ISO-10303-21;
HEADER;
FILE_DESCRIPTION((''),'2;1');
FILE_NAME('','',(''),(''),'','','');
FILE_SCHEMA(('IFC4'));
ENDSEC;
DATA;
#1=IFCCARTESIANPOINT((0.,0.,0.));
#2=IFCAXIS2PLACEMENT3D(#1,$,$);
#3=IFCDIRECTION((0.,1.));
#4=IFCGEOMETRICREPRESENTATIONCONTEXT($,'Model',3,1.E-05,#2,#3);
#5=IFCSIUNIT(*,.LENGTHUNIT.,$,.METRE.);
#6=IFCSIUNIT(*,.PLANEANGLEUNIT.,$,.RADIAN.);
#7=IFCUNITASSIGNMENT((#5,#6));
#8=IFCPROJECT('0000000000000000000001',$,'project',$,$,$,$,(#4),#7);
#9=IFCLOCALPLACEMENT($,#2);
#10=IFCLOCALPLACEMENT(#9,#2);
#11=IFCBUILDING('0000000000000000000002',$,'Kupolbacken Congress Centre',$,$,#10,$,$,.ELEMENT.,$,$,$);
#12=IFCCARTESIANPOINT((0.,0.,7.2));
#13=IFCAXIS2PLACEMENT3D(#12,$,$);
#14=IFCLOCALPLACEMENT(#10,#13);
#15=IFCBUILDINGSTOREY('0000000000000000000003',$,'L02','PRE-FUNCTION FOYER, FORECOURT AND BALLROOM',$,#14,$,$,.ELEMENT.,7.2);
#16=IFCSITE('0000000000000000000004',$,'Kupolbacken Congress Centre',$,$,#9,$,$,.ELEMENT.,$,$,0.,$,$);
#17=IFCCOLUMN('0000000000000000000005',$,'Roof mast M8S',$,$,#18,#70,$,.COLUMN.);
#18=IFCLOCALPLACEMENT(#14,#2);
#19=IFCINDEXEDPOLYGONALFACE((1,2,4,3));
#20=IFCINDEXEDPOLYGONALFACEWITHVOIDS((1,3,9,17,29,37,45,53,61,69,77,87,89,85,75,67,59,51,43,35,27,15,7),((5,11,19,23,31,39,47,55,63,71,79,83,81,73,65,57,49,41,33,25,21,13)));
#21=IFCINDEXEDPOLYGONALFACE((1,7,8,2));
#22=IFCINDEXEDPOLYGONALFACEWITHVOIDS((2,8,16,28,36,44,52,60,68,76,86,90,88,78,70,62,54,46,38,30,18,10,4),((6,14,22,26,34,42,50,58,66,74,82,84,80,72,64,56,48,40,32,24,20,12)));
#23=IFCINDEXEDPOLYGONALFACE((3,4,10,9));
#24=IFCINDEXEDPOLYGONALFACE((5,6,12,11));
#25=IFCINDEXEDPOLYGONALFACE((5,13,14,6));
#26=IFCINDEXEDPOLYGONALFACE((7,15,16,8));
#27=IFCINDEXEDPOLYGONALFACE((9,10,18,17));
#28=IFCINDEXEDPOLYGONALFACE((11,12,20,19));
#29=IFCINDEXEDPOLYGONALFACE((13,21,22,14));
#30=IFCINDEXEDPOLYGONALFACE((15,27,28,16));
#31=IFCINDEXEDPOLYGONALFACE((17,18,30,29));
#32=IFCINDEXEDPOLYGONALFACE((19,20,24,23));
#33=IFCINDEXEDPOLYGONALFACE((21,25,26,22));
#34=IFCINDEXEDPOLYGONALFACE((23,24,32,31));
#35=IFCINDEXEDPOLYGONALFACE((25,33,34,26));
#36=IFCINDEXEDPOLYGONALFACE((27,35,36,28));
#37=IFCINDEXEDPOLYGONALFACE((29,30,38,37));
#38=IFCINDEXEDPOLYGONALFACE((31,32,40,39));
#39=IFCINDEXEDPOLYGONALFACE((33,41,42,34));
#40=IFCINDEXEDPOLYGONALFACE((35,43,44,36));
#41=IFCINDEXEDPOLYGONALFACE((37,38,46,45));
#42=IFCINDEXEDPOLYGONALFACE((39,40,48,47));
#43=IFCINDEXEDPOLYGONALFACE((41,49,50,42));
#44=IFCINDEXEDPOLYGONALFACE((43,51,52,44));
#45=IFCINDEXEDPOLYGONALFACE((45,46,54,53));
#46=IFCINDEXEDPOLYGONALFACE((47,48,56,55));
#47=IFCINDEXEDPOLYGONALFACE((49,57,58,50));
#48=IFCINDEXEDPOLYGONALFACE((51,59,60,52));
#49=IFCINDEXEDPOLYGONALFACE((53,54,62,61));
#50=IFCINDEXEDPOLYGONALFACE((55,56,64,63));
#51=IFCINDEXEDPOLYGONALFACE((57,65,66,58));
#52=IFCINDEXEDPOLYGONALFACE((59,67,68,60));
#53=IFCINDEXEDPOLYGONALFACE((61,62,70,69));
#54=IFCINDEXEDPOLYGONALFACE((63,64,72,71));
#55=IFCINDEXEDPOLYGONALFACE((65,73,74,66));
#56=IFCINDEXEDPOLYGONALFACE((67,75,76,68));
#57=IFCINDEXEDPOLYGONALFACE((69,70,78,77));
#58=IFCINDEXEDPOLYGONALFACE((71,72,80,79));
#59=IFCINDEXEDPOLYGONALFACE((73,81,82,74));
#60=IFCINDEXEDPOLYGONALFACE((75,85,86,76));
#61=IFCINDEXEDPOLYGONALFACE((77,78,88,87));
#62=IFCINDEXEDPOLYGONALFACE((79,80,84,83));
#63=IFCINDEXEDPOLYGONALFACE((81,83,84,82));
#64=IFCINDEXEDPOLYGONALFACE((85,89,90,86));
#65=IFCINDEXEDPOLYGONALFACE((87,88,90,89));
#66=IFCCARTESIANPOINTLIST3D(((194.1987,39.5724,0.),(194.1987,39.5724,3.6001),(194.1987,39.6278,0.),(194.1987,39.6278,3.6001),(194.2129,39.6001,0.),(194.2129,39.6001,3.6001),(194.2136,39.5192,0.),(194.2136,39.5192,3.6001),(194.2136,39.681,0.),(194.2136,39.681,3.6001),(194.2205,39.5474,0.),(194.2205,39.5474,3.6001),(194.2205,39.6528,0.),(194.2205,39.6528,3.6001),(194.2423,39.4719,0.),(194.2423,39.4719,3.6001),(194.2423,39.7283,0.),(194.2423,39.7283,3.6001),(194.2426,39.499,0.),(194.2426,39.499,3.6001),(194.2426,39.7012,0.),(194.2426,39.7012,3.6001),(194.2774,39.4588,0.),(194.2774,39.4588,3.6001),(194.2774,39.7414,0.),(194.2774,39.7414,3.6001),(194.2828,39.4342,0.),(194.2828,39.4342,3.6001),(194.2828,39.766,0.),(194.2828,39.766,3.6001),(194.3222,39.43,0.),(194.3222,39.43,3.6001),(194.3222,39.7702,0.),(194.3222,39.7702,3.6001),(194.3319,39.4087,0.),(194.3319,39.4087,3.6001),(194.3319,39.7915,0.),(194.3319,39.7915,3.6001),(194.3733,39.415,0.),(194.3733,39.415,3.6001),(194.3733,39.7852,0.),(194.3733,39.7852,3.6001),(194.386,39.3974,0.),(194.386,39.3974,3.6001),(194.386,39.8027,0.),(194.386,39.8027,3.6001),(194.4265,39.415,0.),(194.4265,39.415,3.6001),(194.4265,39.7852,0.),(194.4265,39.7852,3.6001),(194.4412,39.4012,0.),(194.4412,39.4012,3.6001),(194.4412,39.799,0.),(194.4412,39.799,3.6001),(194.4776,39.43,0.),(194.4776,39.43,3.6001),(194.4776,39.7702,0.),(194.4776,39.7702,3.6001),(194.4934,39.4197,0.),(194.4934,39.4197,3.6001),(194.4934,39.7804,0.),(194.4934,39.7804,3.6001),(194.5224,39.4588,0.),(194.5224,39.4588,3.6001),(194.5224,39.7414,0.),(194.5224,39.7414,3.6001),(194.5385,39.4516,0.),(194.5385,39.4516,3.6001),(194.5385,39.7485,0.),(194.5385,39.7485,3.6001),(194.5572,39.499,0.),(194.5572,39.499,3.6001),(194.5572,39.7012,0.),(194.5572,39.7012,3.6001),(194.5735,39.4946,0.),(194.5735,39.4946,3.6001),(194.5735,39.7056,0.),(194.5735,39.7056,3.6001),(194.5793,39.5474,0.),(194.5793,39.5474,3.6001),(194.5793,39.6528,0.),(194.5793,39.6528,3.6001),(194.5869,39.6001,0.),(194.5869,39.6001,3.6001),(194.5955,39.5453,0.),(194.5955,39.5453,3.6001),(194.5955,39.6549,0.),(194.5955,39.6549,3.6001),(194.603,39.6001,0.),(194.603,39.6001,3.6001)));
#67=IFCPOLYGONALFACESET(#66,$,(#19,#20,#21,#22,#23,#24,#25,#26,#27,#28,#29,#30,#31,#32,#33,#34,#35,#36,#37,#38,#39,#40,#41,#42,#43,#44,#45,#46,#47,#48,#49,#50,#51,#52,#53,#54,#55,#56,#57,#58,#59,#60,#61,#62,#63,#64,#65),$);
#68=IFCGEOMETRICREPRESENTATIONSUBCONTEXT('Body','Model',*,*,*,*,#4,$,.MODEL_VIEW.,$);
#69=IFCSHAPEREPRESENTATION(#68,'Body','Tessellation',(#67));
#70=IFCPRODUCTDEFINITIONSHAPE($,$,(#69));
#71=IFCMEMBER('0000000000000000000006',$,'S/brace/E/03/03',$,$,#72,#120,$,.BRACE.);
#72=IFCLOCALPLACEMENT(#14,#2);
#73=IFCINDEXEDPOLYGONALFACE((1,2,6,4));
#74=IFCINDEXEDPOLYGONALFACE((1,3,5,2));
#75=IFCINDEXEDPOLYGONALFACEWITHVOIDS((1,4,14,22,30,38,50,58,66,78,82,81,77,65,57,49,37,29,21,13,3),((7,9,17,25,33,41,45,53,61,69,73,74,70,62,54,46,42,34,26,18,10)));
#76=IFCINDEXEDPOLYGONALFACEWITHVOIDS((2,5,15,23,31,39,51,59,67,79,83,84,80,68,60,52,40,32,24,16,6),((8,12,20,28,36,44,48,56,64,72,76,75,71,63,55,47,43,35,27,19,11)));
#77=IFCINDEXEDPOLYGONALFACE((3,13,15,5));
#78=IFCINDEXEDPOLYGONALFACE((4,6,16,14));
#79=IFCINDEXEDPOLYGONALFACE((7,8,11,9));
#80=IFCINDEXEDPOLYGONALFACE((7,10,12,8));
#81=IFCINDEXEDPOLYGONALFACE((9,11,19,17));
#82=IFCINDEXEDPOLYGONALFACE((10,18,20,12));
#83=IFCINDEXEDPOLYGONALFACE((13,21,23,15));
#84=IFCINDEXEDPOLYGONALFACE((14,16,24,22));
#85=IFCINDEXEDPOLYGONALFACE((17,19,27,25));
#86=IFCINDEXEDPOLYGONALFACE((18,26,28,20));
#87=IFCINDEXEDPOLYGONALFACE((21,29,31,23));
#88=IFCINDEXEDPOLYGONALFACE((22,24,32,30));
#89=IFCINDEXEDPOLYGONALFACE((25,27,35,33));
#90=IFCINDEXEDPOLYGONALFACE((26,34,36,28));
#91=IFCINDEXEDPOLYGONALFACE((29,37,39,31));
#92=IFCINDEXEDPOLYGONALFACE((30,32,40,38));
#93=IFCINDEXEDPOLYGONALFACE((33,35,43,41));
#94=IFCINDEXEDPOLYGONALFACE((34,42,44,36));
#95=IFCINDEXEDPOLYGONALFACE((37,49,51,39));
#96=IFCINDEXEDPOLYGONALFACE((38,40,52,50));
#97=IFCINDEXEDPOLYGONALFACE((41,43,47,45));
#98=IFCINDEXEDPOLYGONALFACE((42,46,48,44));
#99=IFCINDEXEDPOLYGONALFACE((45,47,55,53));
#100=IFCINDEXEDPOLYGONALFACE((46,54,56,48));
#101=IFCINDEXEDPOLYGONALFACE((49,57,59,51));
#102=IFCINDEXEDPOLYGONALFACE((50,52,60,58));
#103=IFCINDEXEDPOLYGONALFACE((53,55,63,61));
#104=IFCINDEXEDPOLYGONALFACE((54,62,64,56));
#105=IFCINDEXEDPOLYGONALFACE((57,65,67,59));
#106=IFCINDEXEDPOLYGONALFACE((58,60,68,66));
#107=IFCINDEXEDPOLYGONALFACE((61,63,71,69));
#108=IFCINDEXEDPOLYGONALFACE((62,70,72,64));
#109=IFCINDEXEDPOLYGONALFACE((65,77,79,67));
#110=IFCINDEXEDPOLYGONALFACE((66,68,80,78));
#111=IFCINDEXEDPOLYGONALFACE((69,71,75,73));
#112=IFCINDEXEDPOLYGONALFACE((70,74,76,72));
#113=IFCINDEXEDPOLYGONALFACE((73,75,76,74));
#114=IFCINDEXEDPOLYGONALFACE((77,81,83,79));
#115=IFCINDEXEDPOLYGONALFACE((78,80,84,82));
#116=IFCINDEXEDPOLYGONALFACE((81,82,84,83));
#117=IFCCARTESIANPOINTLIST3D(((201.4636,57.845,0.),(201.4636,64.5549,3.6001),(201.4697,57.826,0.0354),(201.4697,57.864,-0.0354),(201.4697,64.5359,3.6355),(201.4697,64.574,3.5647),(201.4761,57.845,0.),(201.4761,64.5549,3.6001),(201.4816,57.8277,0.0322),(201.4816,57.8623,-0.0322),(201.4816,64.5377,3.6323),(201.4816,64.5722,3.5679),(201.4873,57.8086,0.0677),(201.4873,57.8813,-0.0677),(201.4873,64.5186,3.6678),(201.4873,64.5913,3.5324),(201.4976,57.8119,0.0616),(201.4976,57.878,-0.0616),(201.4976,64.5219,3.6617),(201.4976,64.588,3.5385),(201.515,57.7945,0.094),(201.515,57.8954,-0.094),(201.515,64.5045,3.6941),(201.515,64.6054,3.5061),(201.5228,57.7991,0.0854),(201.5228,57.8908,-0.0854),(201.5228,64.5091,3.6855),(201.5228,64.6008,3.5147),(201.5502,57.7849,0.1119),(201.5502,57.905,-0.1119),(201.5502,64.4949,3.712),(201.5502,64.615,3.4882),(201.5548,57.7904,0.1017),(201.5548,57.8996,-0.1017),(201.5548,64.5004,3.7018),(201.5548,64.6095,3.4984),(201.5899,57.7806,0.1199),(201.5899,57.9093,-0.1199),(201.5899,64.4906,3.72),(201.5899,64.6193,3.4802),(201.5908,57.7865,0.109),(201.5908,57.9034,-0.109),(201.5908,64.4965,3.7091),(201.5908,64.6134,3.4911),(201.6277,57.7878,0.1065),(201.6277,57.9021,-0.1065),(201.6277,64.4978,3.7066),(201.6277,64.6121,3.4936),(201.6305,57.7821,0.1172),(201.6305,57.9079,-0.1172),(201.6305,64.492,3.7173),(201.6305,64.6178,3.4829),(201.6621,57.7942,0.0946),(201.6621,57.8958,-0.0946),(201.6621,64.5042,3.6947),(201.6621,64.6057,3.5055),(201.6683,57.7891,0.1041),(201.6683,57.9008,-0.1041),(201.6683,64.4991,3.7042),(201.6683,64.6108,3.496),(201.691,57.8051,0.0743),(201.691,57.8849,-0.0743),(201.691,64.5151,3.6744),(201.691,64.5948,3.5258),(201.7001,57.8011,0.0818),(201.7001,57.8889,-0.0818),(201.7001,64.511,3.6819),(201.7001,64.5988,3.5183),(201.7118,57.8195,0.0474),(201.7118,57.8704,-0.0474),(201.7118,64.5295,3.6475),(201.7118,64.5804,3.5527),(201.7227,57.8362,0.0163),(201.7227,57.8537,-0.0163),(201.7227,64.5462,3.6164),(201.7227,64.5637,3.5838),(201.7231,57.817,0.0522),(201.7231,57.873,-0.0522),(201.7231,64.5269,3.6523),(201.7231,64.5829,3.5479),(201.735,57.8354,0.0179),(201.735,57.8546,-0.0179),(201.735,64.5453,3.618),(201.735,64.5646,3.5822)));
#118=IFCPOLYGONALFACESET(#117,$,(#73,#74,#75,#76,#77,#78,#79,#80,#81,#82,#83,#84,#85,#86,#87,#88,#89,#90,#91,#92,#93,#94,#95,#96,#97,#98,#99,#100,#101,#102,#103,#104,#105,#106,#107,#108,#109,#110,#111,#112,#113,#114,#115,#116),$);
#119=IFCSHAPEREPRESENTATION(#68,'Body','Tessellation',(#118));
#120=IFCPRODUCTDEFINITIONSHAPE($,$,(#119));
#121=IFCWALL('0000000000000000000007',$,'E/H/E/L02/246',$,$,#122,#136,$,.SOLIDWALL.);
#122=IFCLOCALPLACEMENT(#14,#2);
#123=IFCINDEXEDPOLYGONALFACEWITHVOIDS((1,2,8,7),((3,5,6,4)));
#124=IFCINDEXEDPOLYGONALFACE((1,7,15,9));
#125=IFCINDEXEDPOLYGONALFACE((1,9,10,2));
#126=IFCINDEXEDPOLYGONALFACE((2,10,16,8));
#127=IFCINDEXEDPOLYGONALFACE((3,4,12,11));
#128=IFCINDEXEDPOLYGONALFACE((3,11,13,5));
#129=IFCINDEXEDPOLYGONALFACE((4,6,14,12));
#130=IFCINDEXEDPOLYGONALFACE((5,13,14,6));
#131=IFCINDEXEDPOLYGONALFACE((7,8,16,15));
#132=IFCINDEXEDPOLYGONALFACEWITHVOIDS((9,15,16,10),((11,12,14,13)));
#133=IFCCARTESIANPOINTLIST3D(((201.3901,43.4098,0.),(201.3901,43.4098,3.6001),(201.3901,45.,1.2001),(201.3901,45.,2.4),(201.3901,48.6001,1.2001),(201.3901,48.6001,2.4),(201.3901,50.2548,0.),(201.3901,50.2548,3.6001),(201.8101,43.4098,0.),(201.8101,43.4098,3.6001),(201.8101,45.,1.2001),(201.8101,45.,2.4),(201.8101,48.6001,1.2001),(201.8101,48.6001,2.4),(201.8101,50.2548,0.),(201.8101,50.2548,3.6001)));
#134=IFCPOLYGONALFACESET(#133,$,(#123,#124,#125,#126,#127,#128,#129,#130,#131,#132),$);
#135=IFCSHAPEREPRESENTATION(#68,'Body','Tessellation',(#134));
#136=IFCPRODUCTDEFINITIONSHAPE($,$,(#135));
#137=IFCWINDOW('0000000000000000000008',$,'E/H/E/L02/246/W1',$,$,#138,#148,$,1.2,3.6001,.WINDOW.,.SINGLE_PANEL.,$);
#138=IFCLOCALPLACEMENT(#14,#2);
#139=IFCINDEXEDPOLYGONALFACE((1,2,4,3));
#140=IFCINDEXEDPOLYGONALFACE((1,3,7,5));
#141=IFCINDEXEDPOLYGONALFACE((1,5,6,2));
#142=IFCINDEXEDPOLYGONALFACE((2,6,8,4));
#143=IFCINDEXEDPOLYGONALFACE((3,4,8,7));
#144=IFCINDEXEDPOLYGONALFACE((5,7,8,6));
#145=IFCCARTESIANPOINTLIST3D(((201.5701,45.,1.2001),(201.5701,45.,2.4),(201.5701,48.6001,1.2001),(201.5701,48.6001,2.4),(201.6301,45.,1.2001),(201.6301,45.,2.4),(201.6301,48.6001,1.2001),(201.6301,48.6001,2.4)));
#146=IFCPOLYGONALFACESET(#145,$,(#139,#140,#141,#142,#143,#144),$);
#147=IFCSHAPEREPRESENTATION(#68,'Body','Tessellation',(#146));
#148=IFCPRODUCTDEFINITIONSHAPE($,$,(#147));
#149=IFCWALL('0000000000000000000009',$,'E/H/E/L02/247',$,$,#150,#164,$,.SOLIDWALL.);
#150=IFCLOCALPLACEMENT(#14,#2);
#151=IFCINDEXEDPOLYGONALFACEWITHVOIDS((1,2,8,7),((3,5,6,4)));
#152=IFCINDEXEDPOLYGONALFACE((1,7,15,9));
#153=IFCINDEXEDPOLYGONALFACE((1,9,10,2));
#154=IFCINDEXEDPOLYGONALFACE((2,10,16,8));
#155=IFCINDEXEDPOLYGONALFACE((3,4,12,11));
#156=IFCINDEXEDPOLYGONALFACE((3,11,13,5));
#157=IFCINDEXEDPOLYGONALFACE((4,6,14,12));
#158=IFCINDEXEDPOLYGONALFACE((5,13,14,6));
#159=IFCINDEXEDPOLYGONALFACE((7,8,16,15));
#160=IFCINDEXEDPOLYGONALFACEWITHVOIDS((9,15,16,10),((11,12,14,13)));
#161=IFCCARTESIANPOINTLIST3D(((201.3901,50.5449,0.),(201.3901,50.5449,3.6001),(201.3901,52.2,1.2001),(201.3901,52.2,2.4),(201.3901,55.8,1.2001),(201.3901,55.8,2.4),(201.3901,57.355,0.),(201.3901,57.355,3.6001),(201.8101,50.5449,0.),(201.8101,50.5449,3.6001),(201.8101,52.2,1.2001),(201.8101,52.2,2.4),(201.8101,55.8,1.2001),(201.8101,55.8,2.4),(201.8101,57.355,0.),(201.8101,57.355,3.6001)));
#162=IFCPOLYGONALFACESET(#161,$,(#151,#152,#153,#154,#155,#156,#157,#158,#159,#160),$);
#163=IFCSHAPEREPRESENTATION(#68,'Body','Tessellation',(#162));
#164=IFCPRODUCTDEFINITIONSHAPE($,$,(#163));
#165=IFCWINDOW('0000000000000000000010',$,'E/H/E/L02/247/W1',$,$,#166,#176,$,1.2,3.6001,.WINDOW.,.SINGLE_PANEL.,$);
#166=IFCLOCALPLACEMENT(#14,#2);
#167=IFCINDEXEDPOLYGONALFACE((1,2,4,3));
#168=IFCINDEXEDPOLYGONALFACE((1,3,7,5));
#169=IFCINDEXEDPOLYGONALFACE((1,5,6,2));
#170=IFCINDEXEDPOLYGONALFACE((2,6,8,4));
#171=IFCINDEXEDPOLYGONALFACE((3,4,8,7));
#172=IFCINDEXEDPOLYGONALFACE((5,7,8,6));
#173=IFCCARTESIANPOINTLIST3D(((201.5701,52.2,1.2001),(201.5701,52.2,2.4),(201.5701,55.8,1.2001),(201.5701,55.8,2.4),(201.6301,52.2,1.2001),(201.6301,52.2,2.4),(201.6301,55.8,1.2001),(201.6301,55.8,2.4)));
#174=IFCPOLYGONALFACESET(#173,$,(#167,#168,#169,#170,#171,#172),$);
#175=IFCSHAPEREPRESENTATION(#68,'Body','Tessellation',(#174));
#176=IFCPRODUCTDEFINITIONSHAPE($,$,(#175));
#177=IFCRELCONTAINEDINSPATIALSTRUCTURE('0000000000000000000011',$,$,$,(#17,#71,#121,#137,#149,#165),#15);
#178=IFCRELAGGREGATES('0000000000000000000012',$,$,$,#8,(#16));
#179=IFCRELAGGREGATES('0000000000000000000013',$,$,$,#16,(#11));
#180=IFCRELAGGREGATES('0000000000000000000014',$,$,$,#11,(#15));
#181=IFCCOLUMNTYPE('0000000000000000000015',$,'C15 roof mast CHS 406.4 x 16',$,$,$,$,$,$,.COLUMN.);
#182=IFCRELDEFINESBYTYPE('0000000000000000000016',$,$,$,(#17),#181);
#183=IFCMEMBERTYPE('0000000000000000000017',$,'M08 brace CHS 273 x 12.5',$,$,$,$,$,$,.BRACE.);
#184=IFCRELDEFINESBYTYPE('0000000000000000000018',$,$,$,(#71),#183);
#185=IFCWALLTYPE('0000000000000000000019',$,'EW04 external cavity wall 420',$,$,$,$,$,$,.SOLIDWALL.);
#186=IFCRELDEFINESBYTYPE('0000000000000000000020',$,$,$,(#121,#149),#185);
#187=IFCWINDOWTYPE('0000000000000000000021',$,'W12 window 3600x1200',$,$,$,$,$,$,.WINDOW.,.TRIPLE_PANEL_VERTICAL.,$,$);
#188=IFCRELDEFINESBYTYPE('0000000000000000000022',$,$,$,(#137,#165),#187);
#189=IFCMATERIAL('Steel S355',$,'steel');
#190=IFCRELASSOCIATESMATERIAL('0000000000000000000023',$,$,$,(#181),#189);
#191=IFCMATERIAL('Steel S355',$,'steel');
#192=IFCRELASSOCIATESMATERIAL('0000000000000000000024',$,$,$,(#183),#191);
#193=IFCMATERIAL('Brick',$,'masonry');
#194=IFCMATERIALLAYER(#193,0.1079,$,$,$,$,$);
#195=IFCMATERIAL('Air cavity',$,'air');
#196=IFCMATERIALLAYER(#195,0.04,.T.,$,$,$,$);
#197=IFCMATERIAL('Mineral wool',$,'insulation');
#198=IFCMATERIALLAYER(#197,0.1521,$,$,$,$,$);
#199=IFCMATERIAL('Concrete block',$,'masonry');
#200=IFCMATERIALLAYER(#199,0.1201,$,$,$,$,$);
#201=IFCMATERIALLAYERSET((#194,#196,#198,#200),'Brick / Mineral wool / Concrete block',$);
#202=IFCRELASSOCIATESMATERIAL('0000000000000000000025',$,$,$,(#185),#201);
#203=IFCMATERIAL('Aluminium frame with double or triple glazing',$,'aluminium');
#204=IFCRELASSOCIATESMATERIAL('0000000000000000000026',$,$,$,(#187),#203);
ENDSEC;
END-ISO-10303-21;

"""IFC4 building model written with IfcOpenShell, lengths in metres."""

from ifc_helpers import new_model, si_unit, direction, frame, frame_2d, origin, origin_2d, place, context, subcontext, project, spatial, rectangle, hollow_circle, extrude, material, layer, layer_set, material_profile, profile_set, type_object, element, fill, save


model = new_model("IFC4")

# Units and contexts
model_context = context("Model", 3, precision=1e-05, world=origin(), true_north=direction((0.0, 1.0)))
body_context = subcontext(model_context, "Body", "Model", "MODEL_VIEW")
ifc_project = project(units=[si_unit("LENGTHUNIT", "METRE"), si_unit("PLANEANGLEUNIT", "RADIAN")], contexts=[model_context])

# Site, building, storey
site_placement = place(None, origin())
site = spatial("IfcSite", under=ifc_project, at=site_placement, Name="Kupolbacken Congress Centre", CompositionType="ELEMENT", RefElevation=0.0)
building_placement = place(site_placement, origin())
building = spatial("IfcBuilding", under=site, at=building_placement, Name="Kupolbacken Congress Centre", CompositionType="ELEMENT")
storey_placement = place(building_placement, frame((0.0, 0.0, 7.2)))
storey = spatial("IfcBuildingStorey", under=building, at=storey_placement, Name="L02", Description="PRE-FUNCTION FOYER, FORECOURT AND BALLROOM", CompositionType="ELEMENT", Elevation=7.2)

# Column
ifc_material_1 = material(Name="Steel S355", Category="steel")
ifc_material_profile_1 = material_profile(ifc_material_1, hollow_circle(Radius=0.2031, WallThickness=0.0161, at=origin_2d()), Name="CHS 406.4 x 16")
ifc_profile_set_1 = profile_set([ifc_material_profile_1], Name="Steel S355")
column_type_1 = type_object("IfcColumnType", Name="C15 roof mast CHS 406.4 x 16", PredefinedType="COLUMN", material=ifc_profile_set_1)
column_1_placement = place(storey_placement, frame((194.3999, 39.6001, 0.0), z_axis=(0.0, 0.0, 1.0), x_axis=(1.0, 0.0, 0.0)))
element("IfcColumn", 1, at=column_1_placement, inside=storey, type_object=column_type_1, Name="Roof mast M8S", PredefinedType="COLUMN", context=body_context, shape_type="SweptSolid", body=[
    extrude(hollow_circle(Radius=0.2031, WallThickness=0.0161, at=origin_2d()), origin(), (0.0, 0.0, 1.0), 3.6001),
])

# Member
ifc_material_2 = material(Name="Steel S355", Category="steel")
ifc_material_profile_2 = material_profile(ifc_material_2, hollow_circle(Radius=0.1365, WallThickness=0.0125, at=origin_2d()), Name="CHS 273 x 12.5")
ifc_profile_set_2 = profile_set([ifc_material_profile_2], Name="Steel S355")
member_type = type_object("IfcMemberType", Name="M08 brace CHS 273 x 12.5", PredefinedType="BRACE", material=ifc_profile_set_2)
member_placement = place(storey_placement, frame((201.6001, 57.845, 0.0), z_axis=(0.0, 0.88118, 0.47278), x_axis=(-1.0, 0.0, 0.0)))
element("IfcMember", 2, at=member_placement, inside=storey, type_object=member_type, Name="S/brace/E/03/03", PredefinedType="BRACE", context=body_context, shape_type="SweptSolid", body=[
    extrude(hollow_circle(Radius=0.1365, WallThickness=0.0125, at=origin_2d()), origin(), (0.0, 0.0, 1.0), 7.6147),
])

# Walls, openings, windows
ifc_material_3 = material(Name="Brick", Category="masonry")
ifc_layer_1 = layer(ifc_material_3, 0.1079)
ifc_material_4 = material(Name="Air cavity", Category="air")
ifc_layer_2 = layer(ifc_material_4, 0.04, ventilated=True)
ifc_material_5 = material(Name="Mineral wool", Category="insulation")
ifc_layer_3 = layer(ifc_material_5, 0.1521)
ifc_material_6 = material(Name="Concrete block", Category="masonry")
ifc_layer_4 = layer(ifc_material_6, 0.1201)
ifc_layer_set_1 = layer_set([ifc_layer_1, ifc_layer_2, ifc_layer_3, ifc_layer_4], Name="Brick / Mineral wool / Concrete block")
wall_type = type_object("IfcWallType", Name="EW04 external cavity wall 420", PredefinedType="SOLIDWALL", material=ifc_layer_set_1)
wall_1_placement = place(storey_placement, frame((201.6001, 43.4099, 0.0), z_axis=(0.0, 0.0, 1.0), x_axis=(0.0, 1.0, 0.0)))
wall_1 = element("IfcWall", 3, at=wall_1_placement, inside=storey, type_object=wall_type, Name="E/H/E/L02/246", PredefinedType="SOLIDWALL", context=body_context, shape_type="SweptSolid", body=[
    extrude(rectangle(XDim=6.845, YDim=0.4199, at=frame_2d((3.4224, 0.0))), origin(), (0.0, 0.0, 1.0), 3.6001),
])
opening_1_placement = place(wall_1_placement, frame((1.5901, 0.0, 1.2)))
opening_1 = element("IfcOpeningElement", 4, at=opening_1_placement, cuts=wall_1, PredefinedType="OPENING", context=body_context, shape_type="SweptSolid", body=[
    extrude(rectangle(XDim=3.6001, YDim=1.2, at=frame_2d((1.8, 0.6001))), frame((0.0, 0.22, 0.0), z_axis=(0.0, -1.0, 0.0), x_axis=(1.0, 0.0, 0.0)), (0.0, 0.0, 1.0), 0.4399),
])
ifc_material_7 = material(Name="Aluminium frame with double or triple glazing", Category="aluminium")
window_type = type_object("IfcWindowType", Name="W12 window 3600x1200", PartitioningType="TRIPLE_PANEL_VERTICAL", PredefinedType="WINDOW", material=ifc_material_7)
window_1_placement = place(opening_1_placement, origin())
window_1 = element("IfcWindow", 5, at=window_1_placement, inside=storey, type_object=window_type, Name="E/H/E/L02/246/W1", OverallHeight=1.2, OverallWidth=3.6001, PartitioningType="SINGLE_PANEL", PredefinedType="WINDOW", context=body_context, shape_type="SweptSolid", body=[
    extrude(rectangle(XDim=3.6001, YDim=1.2, at=frame_2d((1.8, 0.6001))), frame((0.0, 0.03, 0.0), z_axis=(0.0, -1.0, 0.0), x_axis=(1.0, 0.0, 0.0)), (0.0, 0.0, 1.0), 0.0601),
])
fill(opening_1, window_1)
wall_2_placement = place(storey_placement, frame((201.6001, 50.5449, 0.0), z_axis=(0.0, 0.0, 1.0), x_axis=(0.0, 1.0, 0.0)))
wall_2 = element("IfcWall", 6, at=wall_2_placement, inside=storey, type_object=wall_type, Name="E/H/E/L02/247", PredefinedType="SOLIDWALL", context=body_context, shape_type="SweptSolid", body=[
    extrude(rectangle(XDim=6.8101, YDim=0.4199, at=frame_2d((3.405, 0.0))), origin(), (0.0, 0.0, 1.0), 3.6001),
])
opening_2_placement = place(wall_2_placement, frame((1.655, 0.0, 1.2)))
opening_2 = element("IfcOpeningElement", 7, at=opening_2_placement, cuts=wall_2, PredefinedType="OPENING", context=body_context, shape_type="SweptSolid", body=[
    extrude(rectangle(XDim=3.6001, YDim=1.2, at=frame_2d((1.8, 0.6001))), frame((0.0, 0.22, 0.0), z_axis=(0.0, -1.0, 0.0), x_axis=(1.0, 0.0, 0.0)), (0.0, 0.0, 1.0), 0.4399),
])
window_2_placement = place(opening_2_placement, origin())
window_2 = element("IfcWindow", 8, at=window_2_placement, inside=storey, type_object=window_type, Name="E/H/E/L02/247/W1", OverallHeight=1.2, OverallWidth=3.6001, PartitioningType="SINGLE_PANEL", PredefinedType="WINDOW", context=body_context, shape_type="SweptSolid", body=[
    extrude(rectangle(XDim=3.6001, YDim=1.2, at=frame_2d((1.8, 0.6001))), frame((0.0, 0.03, 0.0), z_axis=(0.0, -1.0, 0.0), x_axis=(1.0, 0.0, 0.0)), (0.0, 0.0, 1.0), 0.0601),
])
fill(opening_2, window_2)

save(model, "model.ifc")
